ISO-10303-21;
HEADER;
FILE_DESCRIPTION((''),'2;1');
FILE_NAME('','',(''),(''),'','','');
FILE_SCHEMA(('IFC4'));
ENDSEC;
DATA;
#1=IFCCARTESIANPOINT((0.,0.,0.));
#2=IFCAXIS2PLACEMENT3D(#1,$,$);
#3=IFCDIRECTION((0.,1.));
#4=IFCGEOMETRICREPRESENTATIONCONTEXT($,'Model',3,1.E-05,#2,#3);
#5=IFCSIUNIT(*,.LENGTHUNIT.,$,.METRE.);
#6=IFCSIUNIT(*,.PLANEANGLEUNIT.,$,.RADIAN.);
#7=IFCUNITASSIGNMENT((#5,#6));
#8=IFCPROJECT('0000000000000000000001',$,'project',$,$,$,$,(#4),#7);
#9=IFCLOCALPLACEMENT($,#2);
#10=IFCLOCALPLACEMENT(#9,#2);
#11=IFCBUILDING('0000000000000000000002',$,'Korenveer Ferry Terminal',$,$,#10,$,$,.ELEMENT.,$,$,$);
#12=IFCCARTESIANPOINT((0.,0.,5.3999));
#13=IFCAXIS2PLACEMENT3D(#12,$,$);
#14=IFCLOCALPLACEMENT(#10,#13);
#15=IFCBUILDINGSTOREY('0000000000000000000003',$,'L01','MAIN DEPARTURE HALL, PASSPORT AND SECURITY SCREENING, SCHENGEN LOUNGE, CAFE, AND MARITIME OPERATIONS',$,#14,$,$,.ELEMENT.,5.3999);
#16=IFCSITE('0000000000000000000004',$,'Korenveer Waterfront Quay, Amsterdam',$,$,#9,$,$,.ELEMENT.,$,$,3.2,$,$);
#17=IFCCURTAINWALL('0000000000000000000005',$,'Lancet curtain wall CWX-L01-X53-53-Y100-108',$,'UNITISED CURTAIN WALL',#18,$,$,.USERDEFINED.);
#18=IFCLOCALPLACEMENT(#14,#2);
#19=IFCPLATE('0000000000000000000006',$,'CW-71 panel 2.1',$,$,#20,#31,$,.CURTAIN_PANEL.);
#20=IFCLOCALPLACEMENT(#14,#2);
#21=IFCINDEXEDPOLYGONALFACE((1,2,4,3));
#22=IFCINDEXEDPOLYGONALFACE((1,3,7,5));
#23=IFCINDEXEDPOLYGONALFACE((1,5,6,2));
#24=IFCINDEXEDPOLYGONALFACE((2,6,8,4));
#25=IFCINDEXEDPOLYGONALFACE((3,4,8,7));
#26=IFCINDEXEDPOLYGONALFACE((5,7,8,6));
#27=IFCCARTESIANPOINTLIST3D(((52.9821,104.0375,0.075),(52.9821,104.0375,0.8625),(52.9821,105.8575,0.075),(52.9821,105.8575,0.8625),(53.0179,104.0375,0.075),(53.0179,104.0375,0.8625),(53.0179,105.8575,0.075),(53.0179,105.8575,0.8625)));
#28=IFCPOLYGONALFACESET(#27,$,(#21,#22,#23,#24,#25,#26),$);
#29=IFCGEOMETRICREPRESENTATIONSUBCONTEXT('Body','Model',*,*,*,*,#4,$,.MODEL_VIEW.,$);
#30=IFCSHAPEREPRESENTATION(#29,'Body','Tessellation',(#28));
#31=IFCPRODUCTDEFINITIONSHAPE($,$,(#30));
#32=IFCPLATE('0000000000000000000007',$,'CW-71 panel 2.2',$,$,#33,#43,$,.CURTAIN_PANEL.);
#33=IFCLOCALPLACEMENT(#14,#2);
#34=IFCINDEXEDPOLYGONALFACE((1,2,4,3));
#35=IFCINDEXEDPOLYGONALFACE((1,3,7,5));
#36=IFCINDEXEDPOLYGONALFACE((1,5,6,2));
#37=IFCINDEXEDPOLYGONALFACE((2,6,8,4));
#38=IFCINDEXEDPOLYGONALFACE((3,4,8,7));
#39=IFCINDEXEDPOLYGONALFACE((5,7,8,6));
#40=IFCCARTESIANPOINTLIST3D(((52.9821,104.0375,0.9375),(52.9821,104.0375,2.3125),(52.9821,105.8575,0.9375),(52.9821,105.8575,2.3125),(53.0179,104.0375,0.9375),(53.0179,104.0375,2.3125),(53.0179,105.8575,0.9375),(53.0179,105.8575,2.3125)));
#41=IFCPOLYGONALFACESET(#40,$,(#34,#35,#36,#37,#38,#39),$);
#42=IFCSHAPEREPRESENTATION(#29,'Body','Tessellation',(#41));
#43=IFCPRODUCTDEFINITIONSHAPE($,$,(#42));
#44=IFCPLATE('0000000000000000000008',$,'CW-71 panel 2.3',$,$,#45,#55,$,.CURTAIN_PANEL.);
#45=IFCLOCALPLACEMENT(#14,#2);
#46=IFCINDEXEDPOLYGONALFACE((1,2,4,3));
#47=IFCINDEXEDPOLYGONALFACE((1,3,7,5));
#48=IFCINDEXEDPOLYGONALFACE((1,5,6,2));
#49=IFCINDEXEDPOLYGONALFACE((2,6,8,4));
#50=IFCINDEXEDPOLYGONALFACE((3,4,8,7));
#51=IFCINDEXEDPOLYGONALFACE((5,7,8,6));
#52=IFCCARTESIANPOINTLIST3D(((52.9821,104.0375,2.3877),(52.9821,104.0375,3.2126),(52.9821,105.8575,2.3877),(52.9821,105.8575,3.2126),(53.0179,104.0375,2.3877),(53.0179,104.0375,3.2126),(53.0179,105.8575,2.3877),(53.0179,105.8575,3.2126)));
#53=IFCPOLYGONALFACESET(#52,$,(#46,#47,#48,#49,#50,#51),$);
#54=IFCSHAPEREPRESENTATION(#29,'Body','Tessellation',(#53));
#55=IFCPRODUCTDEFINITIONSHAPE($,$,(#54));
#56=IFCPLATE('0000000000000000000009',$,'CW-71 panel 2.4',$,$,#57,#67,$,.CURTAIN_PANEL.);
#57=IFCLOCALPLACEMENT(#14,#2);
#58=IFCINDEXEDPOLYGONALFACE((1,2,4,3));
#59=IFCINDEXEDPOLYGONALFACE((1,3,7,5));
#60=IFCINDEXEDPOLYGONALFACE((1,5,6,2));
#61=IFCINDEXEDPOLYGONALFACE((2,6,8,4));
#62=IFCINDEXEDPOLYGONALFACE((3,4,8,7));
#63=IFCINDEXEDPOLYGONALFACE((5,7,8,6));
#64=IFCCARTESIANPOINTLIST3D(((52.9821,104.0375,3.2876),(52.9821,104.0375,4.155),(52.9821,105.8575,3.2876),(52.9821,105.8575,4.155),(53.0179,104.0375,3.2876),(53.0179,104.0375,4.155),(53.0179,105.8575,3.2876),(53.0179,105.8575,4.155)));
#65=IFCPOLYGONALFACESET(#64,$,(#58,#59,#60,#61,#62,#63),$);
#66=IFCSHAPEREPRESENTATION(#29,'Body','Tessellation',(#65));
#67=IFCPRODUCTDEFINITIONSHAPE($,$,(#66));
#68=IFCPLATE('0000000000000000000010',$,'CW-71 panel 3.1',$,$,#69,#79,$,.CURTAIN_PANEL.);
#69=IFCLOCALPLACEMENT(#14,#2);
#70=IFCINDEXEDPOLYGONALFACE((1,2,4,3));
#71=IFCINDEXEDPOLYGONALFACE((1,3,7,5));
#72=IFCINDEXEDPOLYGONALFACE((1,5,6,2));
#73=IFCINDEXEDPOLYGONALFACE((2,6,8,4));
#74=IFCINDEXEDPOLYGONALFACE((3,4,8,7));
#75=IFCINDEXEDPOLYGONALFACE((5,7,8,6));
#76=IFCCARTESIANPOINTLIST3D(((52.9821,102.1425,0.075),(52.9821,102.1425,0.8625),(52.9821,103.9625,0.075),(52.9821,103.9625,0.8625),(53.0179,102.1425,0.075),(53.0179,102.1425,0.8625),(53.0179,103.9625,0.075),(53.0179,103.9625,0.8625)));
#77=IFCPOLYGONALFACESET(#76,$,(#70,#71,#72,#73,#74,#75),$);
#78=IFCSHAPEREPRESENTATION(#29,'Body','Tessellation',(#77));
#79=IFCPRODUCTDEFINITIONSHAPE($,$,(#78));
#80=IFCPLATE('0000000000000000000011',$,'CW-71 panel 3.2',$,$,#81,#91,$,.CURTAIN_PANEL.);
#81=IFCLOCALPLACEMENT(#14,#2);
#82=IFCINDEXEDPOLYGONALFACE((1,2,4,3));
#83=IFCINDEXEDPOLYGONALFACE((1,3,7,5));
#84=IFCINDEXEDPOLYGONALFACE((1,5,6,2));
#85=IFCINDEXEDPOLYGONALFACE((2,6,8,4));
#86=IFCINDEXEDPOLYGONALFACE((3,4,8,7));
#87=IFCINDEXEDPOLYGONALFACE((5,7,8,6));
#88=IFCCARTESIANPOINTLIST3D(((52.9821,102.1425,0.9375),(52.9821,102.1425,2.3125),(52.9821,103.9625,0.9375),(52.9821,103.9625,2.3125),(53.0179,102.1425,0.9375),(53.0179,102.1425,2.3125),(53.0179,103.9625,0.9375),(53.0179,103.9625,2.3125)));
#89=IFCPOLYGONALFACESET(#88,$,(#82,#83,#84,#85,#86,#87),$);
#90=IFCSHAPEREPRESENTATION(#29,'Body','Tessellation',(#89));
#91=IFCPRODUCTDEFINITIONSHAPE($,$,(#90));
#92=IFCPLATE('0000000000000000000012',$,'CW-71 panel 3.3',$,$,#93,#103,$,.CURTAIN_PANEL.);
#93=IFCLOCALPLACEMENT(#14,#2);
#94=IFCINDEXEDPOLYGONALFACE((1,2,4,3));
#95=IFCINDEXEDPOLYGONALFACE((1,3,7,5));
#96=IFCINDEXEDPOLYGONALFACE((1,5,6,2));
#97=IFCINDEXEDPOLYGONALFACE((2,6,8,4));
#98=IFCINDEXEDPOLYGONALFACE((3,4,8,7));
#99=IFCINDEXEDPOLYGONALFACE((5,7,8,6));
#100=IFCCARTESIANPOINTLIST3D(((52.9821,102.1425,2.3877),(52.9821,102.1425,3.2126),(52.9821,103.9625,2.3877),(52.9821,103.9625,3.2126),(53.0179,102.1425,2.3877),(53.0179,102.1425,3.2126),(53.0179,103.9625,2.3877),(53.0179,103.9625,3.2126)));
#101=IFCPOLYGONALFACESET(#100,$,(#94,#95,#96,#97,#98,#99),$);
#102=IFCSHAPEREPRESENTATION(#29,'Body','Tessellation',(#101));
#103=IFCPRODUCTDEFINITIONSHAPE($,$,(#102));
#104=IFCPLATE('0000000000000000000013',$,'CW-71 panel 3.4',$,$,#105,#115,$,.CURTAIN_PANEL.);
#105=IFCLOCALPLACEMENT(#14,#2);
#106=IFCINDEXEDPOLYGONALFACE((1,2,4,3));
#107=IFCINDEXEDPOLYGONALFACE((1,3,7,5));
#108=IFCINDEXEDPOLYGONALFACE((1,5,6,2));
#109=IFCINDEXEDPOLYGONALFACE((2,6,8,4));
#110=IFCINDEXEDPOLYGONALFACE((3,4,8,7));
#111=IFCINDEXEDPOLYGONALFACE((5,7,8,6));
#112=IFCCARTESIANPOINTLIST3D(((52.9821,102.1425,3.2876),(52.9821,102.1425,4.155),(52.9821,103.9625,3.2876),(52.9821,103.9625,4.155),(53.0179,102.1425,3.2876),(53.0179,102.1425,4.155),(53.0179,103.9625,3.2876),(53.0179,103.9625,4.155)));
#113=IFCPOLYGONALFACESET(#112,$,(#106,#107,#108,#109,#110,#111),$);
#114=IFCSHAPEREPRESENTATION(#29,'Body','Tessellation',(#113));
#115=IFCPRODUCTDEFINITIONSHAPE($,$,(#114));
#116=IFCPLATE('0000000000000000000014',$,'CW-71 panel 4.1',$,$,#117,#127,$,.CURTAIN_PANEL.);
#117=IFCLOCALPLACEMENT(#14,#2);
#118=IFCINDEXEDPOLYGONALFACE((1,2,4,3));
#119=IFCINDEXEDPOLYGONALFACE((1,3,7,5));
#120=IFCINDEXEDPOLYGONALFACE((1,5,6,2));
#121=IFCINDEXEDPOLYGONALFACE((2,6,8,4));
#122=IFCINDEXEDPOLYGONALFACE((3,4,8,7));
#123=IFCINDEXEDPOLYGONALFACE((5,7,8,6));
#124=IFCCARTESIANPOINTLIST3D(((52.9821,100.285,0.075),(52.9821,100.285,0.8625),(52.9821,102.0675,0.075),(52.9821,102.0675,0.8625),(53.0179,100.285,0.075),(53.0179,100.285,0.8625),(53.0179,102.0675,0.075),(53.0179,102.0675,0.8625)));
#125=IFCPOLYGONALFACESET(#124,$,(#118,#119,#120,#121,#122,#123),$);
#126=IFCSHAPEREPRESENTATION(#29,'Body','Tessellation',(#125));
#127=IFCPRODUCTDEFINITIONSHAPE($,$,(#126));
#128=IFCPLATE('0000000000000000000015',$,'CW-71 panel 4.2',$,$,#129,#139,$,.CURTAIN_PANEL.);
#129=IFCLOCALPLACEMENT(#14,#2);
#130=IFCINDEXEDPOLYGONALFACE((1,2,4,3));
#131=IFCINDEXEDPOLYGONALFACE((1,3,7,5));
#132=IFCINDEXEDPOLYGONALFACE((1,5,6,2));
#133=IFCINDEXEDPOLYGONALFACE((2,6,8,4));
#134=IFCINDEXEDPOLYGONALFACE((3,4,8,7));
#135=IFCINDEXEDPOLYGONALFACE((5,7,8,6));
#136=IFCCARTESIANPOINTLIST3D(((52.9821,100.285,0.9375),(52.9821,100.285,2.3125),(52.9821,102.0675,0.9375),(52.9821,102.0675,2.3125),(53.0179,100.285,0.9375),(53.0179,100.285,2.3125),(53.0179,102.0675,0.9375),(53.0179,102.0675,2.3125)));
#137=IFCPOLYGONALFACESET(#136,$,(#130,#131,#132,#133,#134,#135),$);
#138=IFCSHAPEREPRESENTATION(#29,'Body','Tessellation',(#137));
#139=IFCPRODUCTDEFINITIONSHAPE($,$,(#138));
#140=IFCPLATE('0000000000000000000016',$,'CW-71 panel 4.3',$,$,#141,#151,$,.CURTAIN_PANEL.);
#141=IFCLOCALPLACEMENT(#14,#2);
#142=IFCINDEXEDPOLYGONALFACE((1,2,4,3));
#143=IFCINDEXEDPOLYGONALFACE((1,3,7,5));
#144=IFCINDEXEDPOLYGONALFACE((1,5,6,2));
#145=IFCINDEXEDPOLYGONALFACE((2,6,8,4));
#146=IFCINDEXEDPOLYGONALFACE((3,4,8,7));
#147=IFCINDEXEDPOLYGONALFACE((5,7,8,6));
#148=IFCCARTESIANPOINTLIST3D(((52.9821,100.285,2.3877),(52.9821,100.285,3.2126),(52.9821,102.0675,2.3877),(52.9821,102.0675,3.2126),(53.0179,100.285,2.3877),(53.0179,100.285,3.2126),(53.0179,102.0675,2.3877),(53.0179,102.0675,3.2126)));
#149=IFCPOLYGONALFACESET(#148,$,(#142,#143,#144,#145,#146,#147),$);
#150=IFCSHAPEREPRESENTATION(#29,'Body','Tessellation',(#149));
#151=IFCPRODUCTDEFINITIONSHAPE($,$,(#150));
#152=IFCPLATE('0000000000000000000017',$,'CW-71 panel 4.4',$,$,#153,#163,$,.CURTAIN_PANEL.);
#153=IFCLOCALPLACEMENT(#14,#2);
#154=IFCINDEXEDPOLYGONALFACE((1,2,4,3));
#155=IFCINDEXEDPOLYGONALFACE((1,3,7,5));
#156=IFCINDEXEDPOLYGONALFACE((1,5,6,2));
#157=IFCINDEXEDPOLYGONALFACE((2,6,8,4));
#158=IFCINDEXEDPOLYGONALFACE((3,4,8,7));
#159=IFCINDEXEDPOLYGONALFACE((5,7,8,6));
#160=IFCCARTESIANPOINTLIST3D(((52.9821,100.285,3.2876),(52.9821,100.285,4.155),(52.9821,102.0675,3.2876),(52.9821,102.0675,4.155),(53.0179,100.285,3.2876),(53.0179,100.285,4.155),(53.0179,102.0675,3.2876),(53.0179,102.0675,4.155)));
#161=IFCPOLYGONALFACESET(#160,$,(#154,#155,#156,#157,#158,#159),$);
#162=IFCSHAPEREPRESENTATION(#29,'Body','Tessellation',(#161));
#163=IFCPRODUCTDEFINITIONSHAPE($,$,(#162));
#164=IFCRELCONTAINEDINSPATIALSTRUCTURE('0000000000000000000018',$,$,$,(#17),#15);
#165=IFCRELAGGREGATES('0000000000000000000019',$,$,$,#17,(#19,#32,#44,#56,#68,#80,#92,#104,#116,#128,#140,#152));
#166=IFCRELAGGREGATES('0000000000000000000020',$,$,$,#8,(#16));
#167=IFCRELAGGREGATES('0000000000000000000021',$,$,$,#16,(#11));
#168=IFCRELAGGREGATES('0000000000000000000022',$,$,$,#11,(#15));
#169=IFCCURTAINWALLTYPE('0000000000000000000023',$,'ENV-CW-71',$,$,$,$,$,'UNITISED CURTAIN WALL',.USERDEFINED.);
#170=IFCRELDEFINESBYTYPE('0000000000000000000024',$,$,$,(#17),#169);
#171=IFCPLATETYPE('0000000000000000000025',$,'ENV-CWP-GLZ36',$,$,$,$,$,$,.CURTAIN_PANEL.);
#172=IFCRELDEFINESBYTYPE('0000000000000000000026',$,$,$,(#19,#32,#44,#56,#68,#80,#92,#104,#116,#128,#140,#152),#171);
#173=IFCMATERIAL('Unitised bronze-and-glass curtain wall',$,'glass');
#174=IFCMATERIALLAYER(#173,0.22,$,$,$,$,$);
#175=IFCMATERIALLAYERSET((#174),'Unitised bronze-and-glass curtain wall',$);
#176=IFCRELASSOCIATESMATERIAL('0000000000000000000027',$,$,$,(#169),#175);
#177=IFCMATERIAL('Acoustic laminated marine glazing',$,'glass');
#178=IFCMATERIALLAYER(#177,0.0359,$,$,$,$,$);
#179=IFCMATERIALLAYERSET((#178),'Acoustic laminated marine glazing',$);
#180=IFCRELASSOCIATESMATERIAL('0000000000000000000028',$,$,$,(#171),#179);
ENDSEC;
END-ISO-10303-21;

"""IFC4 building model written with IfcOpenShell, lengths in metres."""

from ifc_helpers import new_model, si_unit, direction, frame, origin, origin_2d, place, context, subcontext, project, spatial, rectangle, extrude, material, layer, layer_set, type_object, element, aggregate, save


model = new_model("IFC4")

# Units and contexts
model_context = context("Model", 3, precision=1e-05, world=origin(), true_north=direction((0.0, 1.0)))
body_context = subcontext(model_context, "Body", "Model", "MODEL_VIEW")
ifc_project = project(units=[si_unit("LENGTHUNIT", "METRE"), si_unit("PLANEANGLEUNIT", "RADIAN")], contexts=[model_context])

# Site, building, storey
site_placement = place(None, origin())
site = spatial("IfcSite", under=ifc_project, at=site_placement, Name="Korenveer Waterfront Quay, Amsterdam", CompositionType="ELEMENT", RefElevation=3.2)
building_placement = place(site_placement, origin())
building = spatial("IfcBuilding", under=site, at=building_placement, Name="Korenveer Ferry Terminal", CompositionType="ELEMENT")
storey_placement = place(building_placement, frame((0.0, 0.0, 5.3999)))
storey = spatial("IfcBuildingStorey", under=building, at=storey_placement, Name="L01", Description="MAIN DEPARTURE HALL, PASSPORT AND SECURITY SCREENING, SCHENGEN LOUNGE, CAFE, AND MARITIME OPERATIONS", CompositionType="ELEMENT", Elevation=5.3999)

# Shared definitions
ifc_material_1 = material(Name="Unitised bronze-and-glass curtain wall", Category="glass")

# Curtain wall
ifc_layer_1 = layer(ifc_material_1, 0.22)
ifc_layer_set_1 = layer_set([ifc_layer_1], Name="Unitised bronze-and-glass curtain wall")
curtain_wall_type_1 = type_object("IfcCurtainWallType", Name="ENV-CW-71", ElementType="UNITISED CURTAIN WALL", PredefinedType="USERDEFINED", material=ifc_layer_set_1)
curtain_wall_1_placement = place(storey_placement, frame((53.0, 107.79, 0.0)))
curtain_wall_1 = element("IfcCurtainWall", 1, at=curtain_wall_1_placement, inside=storey, type_object=curtain_wall_type_1, Name="Lancet curtain wall CWX-L01-X53-53-Y100-108", ObjectType="UNITISED CURTAIN WALL", PredefinedType="USERDEFINED")

# Plates
ifc_material_2 = material(Name="Acoustic laminated marine glazing", Category="glass")
ifc_layer_2 = layer(ifc_material_2, 0.0359)
ifc_layer_set_2 = layer_set([ifc_layer_2], Name="Acoustic laminated marine glazing")
plate_type = type_object("IfcPlateType", Name="ENV-CWP-GLZ36", PredefinedType="CURTAIN_PANEL", material=ifc_layer_set_2)
plate_1_placement = place(storey_placement, frame((53.0, 104.9475, 0.075), z_axis=(0.0, 0.0, 1.0), x_axis=(0.0, -1.0, 0.0)))
plate_1 = element("IfcPlate", 2, at=plate_1_placement, type_object=plate_type, Name="CW-71 panel 2.1", PredefinedType="CURTAIN_PANEL", context=body_context, shape_type="SweptSolid", body=[
    extrude(rectangle(XDim=1.8201, YDim=0.0359, at=origin_2d()), origin(), (0.0, 0.0, 1.0), 0.7876),
])
plate_2_placement = place(storey_placement, frame((53.0, 104.9475, 0.9375), z_axis=(0.0, 0.0, 1.0), x_axis=(0.0, -1.0, 0.0)))
plate_2 = element("IfcPlate", 3, at=plate_2_placement, type_object=plate_type, Name="CW-71 panel 2.2", PredefinedType="CURTAIN_PANEL", context=body_context, shape_type="SweptSolid", body=[
    extrude(rectangle(XDim=1.8201, YDim=0.0359, at=origin_2d()), origin(), (0.0, 0.0, 1.0), 1.375),
])
plate_3_placement = place(storey_placement, frame((53.0, 104.9475, 2.3877), z_axis=(0.0, 0.0, 1.0), x_axis=(0.0, -1.0, 0.0)))
plate_3 = element("IfcPlate", 4, at=plate_3_placement, type_object=plate_type, Name="CW-71 panel 2.3", PredefinedType="CURTAIN_PANEL", context=body_context, shape_type="SweptSolid", body=[
    extrude(rectangle(XDim=1.8201, YDim=0.0359, at=origin_2d()), origin(), (0.0, 0.0, 1.0), 0.825),
])
plate_4_placement = place(storey_placement, frame((53.0, 104.9475, 3.2876), z_axis=(0.0, 0.0, 1.0), x_axis=(0.0, -1.0, 0.0)))
plate_4 = element("IfcPlate", 5, at=plate_4_placement, type_object=plate_type, Name="CW-71 panel 2.4", PredefinedType="CURTAIN_PANEL", context=body_context, shape_type="SweptSolid", body=[
    extrude(rectangle(XDim=1.8201, YDim=0.0359, at=origin_2d()), origin(), (0.0, 0.0, 1.0), 0.8674),
])
plate_5_placement = place(storey_placement, frame((53.0, 103.0525, 0.075), z_axis=(0.0, 0.0, 1.0), x_axis=(0.0, -1.0, 0.0)))
plate_5 = element("IfcPlate", 6, at=plate_5_placement, type_object=plate_type, Name="CW-71 panel 3.1", PredefinedType="CURTAIN_PANEL", context=body_context, shape_type="SweptSolid", body=[
    extrude(rectangle(XDim=1.8201, YDim=0.0359, at=origin_2d()), origin(), (0.0, 0.0, 1.0), 0.7876),
])
plate_6_placement = place(storey_placement, frame((53.0, 103.0525, 0.9375), z_axis=(0.0, 0.0, 1.0), x_axis=(0.0, -1.0, 0.0)))
plate_6 = element("IfcPlate", 7, at=plate_6_placement, type_object=plate_type, Name="CW-71 panel 3.2", PredefinedType="CURTAIN_PANEL", context=body_context, shape_type="SweptSolid", body=[
    extrude(rectangle(XDim=1.8201, YDim=0.0359, at=origin_2d()), origin(), (0.0, 0.0, 1.0), 1.375),
])
plate_7_placement = place(storey_placement, frame((53.0, 103.0525, 2.3877), z_axis=(0.0, 0.0, 1.0), x_axis=(0.0, -1.0, 0.0)))
plate_7 = element("IfcPlate", 8, at=plate_7_placement, type_object=plate_type, Name="CW-71 panel 3.3", PredefinedType="CURTAIN_PANEL", context=body_context, shape_type="SweptSolid", body=[
    extrude(rectangle(XDim=1.8201, YDim=0.0359, at=origin_2d()), origin(), (0.0, 0.0, 1.0), 0.825),
])
plate_8_placement = place(storey_placement, frame((53.0, 103.0525, 3.2876), z_axis=(0.0, 0.0, 1.0), x_axis=(0.0, -1.0, 0.0)))
plate_8 = element("IfcPlate", 9, at=plate_8_placement, type_object=plate_type, Name="CW-71 panel 3.4", PredefinedType="CURTAIN_PANEL", context=body_context, shape_type="SweptSolid", body=[
    extrude(rectangle(XDim=1.8201, YDim=0.0359, at=origin_2d()), origin(), (0.0, 0.0, 1.0), 0.8674),
])
plate_9_placement = place(storey_placement, frame((53.0, 101.1763, 0.075), z_axis=(0.0, 0.0, 1.0), x_axis=(0.0, -1.0, 0.0)))
plate_9 = element("IfcPlate", 10, at=plate_9_placement, type_object=plate_type, Name="CW-71 panel 4.1", PredefinedType="CURTAIN_PANEL", context=body_context, shape_type="SweptSolid", body=[
    extrude(rectangle(XDim=1.7825, YDim=0.0359, at=origin_2d()), origin(), (0.0, 0.0, 1.0), 0.7876),
])
plate_10_placement = place(storey_placement, frame((53.0, 101.1763, 0.9375), z_axis=(0.0, 0.0, 1.0), x_axis=(0.0, -1.0, 0.0)))
plate_10 = element("IfcPlate", 11, at=plate_10_placement, type_object=plate_type, Name="CW-71 panel 4.2", PredefinedType="CURTAIN_PANEL", context=body_context, shape_type="SweptSolid", body=[
    extrude(rectangle(XDim=1.7825, YDim=0.0359, at=origin_2d()), origin(), (0.0, 0.0, 1.0), 1.375),
])
plate_11_placement = place(storey_placement, frame((53.0, 101.1763, 2.3877), z_axis=(0.0, 0.0, 1.0), x_axis=(0.0, -1.0, 0.0)))
plate_11 = element("IfcPlate", 12, at=plate_11_placement, type_object=plate_type, Name="CW-71 panel 4.3", PredefinedType="CURTAIN_PANEL", context=body_context, shape_type="SweptSolid", body=[
    extrude(rectangle(XDim=1.7825, YDim=0.0359, at=origin_2d()), origin(), (0.0, 0.0, 1.0), 0.825),
])
plate_12_placement = place(storey_placement, frame((53.0, 101.1763, 3.2876), z_axis=(0.0, 0.0, 1.0), x_axis=(0.0, -1.0, 0.0)))
plate_12 = element("IfcPlate", 13, at=plate_12_placement, type_object=plate_type, Name="CW-71 panel 4.4", PredefinedType="CURTAIN_PANEL", context=body_context, shape_type="SweptSolid", body=[
    extrude(rectangle(XDim=1.7825, YDim=0.0359, at=origin_2d()), origin(), (0.0, 0.0, 1.0), 0.8674),
])
aggregate(curtain_wall_1, [plate_1, plate_2, plate_3, plate_4, plate_5, plate_6, plate_7, plate_8, plate_9, plate_10, plate_11, plate_12])

save(model, "model.ifc")
